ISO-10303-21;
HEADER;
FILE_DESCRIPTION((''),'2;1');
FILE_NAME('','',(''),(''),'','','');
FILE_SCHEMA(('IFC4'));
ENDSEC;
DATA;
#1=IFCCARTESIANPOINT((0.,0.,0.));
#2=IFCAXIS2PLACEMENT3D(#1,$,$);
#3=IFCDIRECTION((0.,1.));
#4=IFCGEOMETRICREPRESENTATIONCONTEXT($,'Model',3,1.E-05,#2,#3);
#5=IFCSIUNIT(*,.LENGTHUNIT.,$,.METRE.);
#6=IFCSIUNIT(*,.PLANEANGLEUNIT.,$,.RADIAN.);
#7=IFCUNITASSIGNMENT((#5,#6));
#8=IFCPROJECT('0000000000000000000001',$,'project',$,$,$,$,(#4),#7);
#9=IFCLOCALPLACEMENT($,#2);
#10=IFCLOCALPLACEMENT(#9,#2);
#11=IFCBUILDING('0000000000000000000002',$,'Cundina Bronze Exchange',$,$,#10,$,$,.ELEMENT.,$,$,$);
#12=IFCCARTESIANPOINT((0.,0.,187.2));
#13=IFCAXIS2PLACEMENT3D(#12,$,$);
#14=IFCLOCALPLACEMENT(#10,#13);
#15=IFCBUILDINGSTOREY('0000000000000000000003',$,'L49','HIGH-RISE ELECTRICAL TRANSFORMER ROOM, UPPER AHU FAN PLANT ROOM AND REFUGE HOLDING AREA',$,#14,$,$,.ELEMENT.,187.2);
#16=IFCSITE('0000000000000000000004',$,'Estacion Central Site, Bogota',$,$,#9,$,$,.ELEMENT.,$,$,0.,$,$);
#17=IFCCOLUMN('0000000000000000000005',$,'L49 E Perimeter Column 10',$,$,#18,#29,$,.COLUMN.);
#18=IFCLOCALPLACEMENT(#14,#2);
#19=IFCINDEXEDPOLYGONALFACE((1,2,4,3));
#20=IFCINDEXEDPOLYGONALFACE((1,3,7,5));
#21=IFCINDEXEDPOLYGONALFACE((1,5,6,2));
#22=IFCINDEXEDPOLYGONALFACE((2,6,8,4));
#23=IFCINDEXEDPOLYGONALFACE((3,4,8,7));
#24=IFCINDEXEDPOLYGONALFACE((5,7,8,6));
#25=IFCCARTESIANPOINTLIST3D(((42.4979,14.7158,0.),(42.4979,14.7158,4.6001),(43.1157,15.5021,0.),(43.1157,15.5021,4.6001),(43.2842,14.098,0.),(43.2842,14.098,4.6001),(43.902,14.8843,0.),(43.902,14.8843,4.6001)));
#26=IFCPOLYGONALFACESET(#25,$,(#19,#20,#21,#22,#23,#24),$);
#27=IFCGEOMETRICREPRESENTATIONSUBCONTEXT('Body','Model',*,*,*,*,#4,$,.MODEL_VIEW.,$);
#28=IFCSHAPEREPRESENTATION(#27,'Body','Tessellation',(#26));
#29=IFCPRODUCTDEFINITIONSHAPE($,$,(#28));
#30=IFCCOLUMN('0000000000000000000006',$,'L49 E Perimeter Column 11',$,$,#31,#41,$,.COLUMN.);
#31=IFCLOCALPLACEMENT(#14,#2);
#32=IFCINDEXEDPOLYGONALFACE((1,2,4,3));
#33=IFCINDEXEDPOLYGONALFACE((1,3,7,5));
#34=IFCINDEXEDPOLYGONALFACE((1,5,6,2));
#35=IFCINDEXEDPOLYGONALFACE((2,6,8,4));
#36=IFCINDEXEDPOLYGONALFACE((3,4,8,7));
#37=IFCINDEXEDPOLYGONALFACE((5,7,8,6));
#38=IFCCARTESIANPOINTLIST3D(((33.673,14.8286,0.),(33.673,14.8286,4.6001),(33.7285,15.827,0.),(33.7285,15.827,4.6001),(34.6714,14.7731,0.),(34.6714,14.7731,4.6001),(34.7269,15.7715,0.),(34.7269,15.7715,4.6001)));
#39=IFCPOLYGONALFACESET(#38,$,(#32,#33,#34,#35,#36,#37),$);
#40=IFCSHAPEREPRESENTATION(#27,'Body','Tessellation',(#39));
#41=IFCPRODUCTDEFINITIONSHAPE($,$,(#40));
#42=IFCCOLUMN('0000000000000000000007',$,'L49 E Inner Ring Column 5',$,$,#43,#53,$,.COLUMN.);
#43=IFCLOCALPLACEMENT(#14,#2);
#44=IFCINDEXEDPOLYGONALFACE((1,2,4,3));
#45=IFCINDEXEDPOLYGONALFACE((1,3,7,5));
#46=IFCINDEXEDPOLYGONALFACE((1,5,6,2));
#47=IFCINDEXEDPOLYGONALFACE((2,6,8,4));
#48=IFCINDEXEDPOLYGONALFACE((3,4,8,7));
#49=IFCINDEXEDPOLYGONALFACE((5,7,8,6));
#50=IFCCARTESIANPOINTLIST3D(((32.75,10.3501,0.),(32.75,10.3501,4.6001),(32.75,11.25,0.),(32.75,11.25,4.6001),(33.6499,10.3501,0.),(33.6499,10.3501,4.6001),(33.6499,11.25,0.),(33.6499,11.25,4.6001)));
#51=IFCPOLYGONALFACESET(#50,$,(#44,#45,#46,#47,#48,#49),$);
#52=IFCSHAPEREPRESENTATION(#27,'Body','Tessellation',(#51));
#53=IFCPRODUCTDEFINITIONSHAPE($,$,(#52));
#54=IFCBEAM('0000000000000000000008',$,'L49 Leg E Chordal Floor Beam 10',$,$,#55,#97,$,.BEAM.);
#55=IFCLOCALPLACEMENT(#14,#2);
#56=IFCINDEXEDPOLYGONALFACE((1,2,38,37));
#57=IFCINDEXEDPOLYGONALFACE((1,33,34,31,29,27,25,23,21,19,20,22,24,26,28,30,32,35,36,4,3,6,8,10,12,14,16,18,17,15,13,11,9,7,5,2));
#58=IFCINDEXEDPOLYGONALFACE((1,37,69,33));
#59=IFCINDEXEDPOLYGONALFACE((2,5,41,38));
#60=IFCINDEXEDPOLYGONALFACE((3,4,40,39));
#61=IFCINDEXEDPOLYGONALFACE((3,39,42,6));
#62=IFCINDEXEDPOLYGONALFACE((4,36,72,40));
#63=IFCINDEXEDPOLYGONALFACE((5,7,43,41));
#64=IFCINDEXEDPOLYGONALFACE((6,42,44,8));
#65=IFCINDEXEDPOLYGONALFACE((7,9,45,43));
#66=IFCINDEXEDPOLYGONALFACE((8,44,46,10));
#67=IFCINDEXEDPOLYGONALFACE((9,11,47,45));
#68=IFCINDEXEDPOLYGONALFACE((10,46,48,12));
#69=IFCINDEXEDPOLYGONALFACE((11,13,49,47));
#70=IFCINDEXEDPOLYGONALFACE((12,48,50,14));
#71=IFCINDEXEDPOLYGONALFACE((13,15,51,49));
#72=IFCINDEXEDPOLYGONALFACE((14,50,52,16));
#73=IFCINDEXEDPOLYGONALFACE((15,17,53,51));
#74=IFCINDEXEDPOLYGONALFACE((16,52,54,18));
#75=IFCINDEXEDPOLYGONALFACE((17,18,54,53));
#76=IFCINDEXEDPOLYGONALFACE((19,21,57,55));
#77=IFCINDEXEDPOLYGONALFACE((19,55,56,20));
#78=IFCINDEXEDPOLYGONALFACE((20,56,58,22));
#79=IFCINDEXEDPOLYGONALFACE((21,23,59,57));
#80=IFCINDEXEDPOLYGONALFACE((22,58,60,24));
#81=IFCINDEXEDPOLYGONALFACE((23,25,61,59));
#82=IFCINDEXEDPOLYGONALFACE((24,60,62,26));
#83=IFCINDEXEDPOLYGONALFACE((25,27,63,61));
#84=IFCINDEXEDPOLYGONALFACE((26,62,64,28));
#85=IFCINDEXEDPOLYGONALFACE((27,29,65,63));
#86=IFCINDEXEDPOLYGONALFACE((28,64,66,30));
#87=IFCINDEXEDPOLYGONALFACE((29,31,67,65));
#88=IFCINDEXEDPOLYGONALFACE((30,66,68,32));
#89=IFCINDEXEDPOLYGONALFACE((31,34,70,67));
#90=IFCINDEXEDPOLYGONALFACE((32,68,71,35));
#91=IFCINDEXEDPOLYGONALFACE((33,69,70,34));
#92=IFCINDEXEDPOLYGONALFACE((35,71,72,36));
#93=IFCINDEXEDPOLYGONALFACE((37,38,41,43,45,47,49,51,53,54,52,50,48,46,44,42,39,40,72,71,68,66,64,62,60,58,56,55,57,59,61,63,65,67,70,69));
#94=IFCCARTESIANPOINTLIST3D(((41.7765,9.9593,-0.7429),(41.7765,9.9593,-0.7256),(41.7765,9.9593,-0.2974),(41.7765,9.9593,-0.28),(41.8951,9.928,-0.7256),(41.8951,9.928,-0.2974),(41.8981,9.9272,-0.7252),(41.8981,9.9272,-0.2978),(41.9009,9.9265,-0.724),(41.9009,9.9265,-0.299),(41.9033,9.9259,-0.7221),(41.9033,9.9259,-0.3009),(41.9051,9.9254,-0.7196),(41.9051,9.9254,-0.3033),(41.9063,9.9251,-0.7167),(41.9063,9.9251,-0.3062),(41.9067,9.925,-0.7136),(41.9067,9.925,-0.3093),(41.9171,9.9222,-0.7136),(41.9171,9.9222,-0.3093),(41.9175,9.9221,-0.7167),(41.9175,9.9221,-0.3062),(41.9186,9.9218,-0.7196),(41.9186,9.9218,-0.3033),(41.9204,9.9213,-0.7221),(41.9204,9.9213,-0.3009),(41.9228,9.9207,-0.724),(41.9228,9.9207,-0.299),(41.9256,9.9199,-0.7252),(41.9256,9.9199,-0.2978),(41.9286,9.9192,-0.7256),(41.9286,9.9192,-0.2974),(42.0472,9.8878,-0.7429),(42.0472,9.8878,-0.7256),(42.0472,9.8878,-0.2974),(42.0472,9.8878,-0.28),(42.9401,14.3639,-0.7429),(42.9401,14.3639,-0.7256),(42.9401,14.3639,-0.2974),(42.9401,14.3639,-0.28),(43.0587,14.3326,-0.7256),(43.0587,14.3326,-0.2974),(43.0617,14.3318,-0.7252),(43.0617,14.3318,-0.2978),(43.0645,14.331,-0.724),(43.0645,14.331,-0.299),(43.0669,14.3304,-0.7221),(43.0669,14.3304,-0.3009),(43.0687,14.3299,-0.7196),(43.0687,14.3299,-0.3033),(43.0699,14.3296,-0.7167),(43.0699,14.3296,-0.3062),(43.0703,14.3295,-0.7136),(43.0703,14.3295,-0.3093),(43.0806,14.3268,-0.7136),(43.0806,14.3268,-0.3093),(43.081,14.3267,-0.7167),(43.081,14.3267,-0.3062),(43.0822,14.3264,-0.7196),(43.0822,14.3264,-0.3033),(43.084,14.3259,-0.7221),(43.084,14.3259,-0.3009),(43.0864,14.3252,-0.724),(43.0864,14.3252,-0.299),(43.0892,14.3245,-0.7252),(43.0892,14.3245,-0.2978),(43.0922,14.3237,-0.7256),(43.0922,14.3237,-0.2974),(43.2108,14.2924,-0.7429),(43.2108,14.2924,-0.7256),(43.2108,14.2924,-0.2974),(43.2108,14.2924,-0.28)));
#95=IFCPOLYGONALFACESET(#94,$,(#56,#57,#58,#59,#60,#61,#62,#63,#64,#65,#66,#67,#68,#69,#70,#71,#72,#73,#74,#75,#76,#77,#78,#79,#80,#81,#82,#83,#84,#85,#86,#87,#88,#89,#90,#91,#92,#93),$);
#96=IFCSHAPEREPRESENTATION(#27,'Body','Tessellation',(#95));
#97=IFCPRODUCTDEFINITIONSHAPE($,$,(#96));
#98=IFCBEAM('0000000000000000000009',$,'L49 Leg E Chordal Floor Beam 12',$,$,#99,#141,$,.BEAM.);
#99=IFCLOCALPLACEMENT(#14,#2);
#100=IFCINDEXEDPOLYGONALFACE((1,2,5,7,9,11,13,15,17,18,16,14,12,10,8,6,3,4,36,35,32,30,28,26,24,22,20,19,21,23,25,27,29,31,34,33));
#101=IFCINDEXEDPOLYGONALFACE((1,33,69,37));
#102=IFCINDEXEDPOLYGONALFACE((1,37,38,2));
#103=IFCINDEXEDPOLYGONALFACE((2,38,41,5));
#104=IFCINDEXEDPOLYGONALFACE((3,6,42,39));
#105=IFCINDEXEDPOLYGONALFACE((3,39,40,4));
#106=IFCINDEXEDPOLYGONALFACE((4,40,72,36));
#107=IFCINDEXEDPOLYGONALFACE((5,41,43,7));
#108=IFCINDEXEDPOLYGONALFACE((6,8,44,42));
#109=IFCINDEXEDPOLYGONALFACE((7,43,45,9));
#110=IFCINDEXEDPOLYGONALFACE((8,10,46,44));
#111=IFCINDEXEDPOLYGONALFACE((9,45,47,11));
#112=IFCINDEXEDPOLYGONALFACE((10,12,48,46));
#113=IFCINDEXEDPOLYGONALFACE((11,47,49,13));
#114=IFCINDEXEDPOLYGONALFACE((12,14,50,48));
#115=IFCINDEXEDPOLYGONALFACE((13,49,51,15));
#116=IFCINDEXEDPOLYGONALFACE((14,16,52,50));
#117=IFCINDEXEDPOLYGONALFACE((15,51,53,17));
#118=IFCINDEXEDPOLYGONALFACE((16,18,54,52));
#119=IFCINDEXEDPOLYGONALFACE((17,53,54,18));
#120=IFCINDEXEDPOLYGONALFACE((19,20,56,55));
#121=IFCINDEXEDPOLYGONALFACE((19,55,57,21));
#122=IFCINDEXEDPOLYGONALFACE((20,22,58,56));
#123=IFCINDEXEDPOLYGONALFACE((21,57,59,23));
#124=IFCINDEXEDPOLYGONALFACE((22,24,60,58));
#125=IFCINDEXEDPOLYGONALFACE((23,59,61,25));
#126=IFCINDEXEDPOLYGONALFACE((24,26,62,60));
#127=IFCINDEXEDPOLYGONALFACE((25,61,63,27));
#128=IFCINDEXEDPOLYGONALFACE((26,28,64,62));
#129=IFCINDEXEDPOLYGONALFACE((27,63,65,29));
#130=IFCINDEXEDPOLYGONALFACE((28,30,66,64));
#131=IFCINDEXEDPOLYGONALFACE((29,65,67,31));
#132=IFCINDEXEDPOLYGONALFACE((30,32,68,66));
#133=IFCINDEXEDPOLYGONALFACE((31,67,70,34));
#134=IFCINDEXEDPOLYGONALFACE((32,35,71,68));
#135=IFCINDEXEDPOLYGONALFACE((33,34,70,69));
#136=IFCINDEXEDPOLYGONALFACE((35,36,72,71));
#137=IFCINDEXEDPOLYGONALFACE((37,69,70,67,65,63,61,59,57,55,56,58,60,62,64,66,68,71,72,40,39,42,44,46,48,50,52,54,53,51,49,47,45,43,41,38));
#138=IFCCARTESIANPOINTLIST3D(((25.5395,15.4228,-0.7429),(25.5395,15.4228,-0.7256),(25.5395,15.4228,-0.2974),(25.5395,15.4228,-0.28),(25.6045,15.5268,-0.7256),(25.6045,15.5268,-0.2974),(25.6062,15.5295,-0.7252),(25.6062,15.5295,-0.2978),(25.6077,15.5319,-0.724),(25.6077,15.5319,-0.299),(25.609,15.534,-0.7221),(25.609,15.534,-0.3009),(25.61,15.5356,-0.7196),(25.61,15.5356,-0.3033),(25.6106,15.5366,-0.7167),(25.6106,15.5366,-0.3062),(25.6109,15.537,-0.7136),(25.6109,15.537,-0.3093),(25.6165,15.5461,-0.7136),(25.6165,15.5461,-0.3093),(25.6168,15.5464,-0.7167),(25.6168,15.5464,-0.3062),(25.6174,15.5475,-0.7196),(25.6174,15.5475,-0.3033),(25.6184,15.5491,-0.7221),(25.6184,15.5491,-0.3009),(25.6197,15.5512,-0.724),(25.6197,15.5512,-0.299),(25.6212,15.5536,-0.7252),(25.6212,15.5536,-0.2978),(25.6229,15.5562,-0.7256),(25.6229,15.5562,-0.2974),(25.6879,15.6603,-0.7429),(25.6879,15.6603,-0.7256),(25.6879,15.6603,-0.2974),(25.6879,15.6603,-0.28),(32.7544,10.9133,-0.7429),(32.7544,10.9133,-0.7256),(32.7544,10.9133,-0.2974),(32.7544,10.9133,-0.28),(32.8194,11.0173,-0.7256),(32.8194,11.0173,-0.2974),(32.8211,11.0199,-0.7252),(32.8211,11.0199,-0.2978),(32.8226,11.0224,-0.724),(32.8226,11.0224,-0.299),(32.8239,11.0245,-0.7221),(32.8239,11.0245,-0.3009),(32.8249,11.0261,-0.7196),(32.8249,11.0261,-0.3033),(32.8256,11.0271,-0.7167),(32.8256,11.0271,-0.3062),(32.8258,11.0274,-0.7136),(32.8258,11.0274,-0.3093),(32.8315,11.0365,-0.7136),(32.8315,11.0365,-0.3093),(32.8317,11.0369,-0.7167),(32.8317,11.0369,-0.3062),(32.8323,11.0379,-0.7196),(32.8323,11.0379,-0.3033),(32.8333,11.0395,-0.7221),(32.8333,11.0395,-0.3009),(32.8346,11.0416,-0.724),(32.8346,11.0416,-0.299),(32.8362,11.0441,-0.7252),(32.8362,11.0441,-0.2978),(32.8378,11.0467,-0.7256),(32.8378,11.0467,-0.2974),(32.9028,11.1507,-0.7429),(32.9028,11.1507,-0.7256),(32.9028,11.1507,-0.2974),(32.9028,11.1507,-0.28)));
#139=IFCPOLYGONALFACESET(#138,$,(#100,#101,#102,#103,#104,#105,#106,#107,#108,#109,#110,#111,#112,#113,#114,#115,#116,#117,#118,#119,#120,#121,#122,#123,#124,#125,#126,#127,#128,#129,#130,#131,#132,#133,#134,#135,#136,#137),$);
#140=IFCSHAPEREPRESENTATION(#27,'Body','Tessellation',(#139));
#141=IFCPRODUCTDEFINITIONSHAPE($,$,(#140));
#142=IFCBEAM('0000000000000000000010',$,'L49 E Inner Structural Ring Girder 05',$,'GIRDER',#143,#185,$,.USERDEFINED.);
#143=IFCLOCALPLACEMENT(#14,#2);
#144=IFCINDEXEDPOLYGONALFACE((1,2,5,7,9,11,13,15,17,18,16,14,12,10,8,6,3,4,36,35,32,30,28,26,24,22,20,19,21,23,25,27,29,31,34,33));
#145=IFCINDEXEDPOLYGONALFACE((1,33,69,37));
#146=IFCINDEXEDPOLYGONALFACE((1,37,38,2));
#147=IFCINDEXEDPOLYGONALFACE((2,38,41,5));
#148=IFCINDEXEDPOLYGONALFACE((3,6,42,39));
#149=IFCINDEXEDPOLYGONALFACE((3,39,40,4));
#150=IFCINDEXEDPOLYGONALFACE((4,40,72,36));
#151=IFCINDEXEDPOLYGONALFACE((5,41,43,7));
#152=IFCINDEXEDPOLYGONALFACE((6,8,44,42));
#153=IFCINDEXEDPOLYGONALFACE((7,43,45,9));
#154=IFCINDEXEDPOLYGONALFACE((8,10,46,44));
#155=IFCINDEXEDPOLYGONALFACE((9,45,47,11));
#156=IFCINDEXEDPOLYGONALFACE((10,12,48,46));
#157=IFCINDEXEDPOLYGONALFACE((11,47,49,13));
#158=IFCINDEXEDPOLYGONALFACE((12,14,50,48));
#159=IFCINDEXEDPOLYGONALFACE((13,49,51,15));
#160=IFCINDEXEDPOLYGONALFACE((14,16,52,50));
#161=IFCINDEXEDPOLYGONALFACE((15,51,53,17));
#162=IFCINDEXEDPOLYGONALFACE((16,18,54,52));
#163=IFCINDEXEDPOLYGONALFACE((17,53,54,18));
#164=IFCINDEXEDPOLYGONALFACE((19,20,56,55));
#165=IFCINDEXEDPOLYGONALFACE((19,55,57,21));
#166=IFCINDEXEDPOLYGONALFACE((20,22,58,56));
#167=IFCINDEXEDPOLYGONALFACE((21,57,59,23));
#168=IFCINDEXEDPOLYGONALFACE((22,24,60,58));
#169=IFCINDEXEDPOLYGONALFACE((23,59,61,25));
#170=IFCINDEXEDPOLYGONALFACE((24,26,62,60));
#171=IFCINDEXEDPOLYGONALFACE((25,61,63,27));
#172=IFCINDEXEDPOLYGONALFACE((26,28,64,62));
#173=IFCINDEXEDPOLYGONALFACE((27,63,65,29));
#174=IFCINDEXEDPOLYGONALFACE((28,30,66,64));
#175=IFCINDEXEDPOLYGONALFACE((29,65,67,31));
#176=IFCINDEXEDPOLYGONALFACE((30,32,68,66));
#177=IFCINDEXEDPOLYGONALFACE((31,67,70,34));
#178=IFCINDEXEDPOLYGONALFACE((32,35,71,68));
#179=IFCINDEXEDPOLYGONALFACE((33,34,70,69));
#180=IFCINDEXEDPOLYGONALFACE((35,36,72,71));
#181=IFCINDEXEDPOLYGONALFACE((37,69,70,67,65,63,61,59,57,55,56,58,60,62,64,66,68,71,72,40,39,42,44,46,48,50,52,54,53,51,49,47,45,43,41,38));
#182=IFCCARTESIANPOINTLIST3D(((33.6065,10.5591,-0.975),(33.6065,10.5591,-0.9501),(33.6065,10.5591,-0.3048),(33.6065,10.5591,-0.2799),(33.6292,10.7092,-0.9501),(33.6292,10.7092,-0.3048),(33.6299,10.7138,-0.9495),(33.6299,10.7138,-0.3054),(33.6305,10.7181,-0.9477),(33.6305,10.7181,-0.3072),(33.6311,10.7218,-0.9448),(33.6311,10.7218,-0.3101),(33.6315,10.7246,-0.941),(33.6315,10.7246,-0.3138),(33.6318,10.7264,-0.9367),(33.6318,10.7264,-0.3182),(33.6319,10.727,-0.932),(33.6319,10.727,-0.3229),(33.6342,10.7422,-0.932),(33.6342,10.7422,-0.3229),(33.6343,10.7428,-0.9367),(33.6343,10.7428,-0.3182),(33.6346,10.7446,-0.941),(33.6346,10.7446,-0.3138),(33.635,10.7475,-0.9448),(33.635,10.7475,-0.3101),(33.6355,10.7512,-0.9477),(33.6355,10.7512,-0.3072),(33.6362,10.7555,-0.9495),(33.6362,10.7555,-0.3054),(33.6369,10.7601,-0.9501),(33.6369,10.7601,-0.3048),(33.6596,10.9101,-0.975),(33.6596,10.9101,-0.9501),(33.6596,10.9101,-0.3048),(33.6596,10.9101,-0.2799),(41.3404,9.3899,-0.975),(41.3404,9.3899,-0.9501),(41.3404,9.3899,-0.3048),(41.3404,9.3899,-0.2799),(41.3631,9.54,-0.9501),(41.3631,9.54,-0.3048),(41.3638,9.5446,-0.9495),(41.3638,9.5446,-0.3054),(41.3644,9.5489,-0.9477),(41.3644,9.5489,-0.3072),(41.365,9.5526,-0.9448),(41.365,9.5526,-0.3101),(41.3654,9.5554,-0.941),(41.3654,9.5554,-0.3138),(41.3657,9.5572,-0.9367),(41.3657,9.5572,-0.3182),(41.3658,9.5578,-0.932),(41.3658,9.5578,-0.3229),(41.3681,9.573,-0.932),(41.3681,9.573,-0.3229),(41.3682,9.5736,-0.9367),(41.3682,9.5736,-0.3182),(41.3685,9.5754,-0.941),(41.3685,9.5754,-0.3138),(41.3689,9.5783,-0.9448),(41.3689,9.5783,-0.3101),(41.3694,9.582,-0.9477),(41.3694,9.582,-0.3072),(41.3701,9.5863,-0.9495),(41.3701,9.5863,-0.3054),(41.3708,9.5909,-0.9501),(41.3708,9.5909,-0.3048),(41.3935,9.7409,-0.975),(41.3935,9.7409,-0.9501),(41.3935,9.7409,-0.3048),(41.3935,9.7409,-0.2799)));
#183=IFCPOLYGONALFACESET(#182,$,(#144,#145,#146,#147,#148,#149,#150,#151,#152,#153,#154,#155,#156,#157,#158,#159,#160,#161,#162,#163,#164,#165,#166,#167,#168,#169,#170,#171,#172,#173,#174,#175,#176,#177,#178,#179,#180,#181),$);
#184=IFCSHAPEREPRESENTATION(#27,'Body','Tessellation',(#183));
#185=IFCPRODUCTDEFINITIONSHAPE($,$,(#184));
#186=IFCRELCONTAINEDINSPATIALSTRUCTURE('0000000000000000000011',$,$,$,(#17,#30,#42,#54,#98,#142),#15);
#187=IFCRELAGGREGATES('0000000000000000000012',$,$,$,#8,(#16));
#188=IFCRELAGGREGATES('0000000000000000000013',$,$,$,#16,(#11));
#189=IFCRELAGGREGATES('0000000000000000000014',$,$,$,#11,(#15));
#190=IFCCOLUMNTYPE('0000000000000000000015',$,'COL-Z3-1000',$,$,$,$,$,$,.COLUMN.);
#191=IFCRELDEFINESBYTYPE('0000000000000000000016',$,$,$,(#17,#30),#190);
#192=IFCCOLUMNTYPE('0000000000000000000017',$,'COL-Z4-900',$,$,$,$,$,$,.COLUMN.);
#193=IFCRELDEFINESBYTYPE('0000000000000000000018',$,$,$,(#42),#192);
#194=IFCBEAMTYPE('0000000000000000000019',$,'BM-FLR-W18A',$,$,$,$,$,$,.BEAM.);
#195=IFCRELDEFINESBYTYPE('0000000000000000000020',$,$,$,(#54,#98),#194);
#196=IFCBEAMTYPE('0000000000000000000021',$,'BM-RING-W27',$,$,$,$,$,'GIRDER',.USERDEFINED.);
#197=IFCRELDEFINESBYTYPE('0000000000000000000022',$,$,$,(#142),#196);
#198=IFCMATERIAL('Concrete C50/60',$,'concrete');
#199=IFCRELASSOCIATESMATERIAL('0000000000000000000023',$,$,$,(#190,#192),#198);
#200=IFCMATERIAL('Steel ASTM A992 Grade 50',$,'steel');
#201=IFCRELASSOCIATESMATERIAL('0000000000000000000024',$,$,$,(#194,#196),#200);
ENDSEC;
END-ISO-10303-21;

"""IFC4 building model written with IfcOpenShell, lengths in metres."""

from ifc_helpers import new_model, si_unit, direction, frame, origin, origin_2d, place, context, subcontext, project, spatial, rectangle, i_section, extrude, material, material_profile, profile_set, type_object, element, save


model = new_model("IFC4")

# Units and contexts
model_context = context("Model", 3, precision=1e-05, world=origin(), true_north=direction((0.0, 1.0)))
body_context = subcontext(model_context, "Body", "Model", "MODEL_VIEW")
ifc_project = project(units=[si_unit("LENGTHUNIT", "METRE"), si_unit("PLANEANGLEUNIT", "RADIAN")], contexts=[model_context])

# Site, building, storey
site_placement = place(None, origin())
site = spatial("IfcSite", under=ifc_project, at=site_placement, Name="Estacion Central Site, Bogota", CompositionType="ELEMENT", RefElevation=0.0)
building_placement = place(site_placement, origin())
building = spatial("IfcBuilding", under=site, at=building_placement, Name="Cundina Bronze Exchange", CompositionType="ELEMENT")
storey_placement = place(building_placement, frame((0.0, 0.0, 187.2)))
storey = spatial("IfcBuildingStorey", under=building, at=storey_placement, Name="L49", Description="HIGH-RISE ELECTRICAL TRANSFORMER ROOM, UPPER AHU FAN PLANT ROOM AND REFUGE HOLDING AREA", CompositionType="ELEMENT", Elevation=187.2)

# Columns
ifc_material_1 = material(Name="Concrete C50/60", Category="concrete")
ifc_material_profile_1 = material_profile(ifc_material_1, rectangle(XDim=1.0, YDim=1.0, at=origin_2d()), Name="RC1000X1000", Category="concrete")
ifc_profile_set_1 = profile_set([ifc_material_profile_1], Name="Concrete C50/60")
column_type_1 = type_object("IfcColumnType", Name="COL-Z3-1000", PredefinedType="COLUMN", material=ifc_profile_set_1)
for number, where, z_axis, x_axis, name in (
    (1, (43.2, 14.8, 0.0), (0.0, 0.0, 1.0), (-0.786288, 0.61786, 0.0), "L49 E Perimeter Column 10"),
    (2, (34.2, 15.3, 0.0), (0.0, 0.0, 1.0), (-0.99846, 0.055473, 0.0), "L49 E Perimeter Column 11"),
):
    element("IfcColumn", number, at=place(storey_placement, frame(where, z_axis=z_axis, x_axis=x_axis)), inside=storey, type_object=column_type_1, Name=name, PredefinedType="COLUMN", context=body_context, shape_type="SweptSolid", body=[
        extrude(rectangle(XDim=1.0, YDim=1.0, at=origin_2d()), origin(), (0.0, 0.0, 1.0), 4.6001),
    ])
ifc_material_profile_2 = material_profile(ifc_material_1, rectangle(XDim=0.8999, YDim=0.8999, at=origin_2d()), Name="RC900X900", Category="concrete")
ifc_profile_set_2 = profile_set([ifc_material_profile_2], Name="Concrete C50/60")
column_type_2 = type_object("IfcColumnType", Name="COL-Z4-900", PredefinedType="COLUMN", material=ifc_profile_set_2)
column_placement = place(storey_placement, frame((33.2, 10.8, 0.0), z_axis=(0.0, 0.0, 1.0), x_axis=(1.0, 0.0, 0.0)))
element("IfcColumn", 3, at=column_placement, inside=storey, type_object=column_type_2, Name="L49 E Inner Ring Column 5", PredefinedType="COLUMN", context=body_context, shape_type="SweptSolid", body=[
    extrude(rectangle(XDim=0.8999, YDim=0.8999, at=origin_2d()), origin(), (0.0, 0.0, 1.0), 4.6001),
])

# Beams
ifc_material_2 = material(Name="Steel ASTM A992 Grade 50", Category="steel")
ifc_material_profile_3 = material_profile(ifc_material_2, i_section(OverallWidth=0.28, OverallDepth=0.4629, WebThickness=0.0107, FlangeThickness=0.0173, FilletRadius=0.012, at=origin_2d()), Name="W18X76", Category="steel")
ifc_profile_set_3 = profile_set([ifc_material_profile_3], Name="Steel ASTM A992 Grade 50")
beam_type_1 = type_object("IfcBeamType", Name="BM-FLR-W18A", PredefinedType="BEAM", material=ifc_profile_set_3)
beam_1_placement = place(storey_placement, frame((41.9119, 9.9236, -0.5115), z_axis=(0.255414, 0.966832, 0.0), x_axis=(-0.966832, 0.255414, 0.0)))
element("IfcBeam", 4, at=beam_1_placement, inside=storey, type_object=beam_type_1, Name="L49 Leg E Chordal Floor Beam 10", PredefinedType="BEAM", context=body_context, shape_type="SweptSolid", body=[
    extrude(i_section(OverallWidth=0.28, OverallDepth=0.4629, WebThickness=0.0107, FlangeThickness=0.0173, FilletRadius=0.012, at=origin_2d()), origin(), (0.0, 0.0, 1.0), 4.5557),
])
beam_2_placement = place(storey_placement, frame((32.8286, 11.032, -0.5115), z_axis=(-0.847985, 0.53002, 0.0), x_axis=(-0.53002, -0.847985, 0.0)))
element("IfcBeam", 5, at=beam_2_placement, inside=storey, type_object=beam_type_1, Name="L49 Leg E Chordal Floor Beam 12", PredefinedType="BEAM", context=body_context, shape_type="SweptSolid", body=[
    extrude(i_section(OverallWidth=0.28, OverallDepth=0.4629, WebThickness=0.0107, FlangeThickness=0.0173, FilletRadius=0.012, at=origin_2d()), origin(), (0.0, 0.0, 1.0), 8.5083),
])
ifc_material_profile_4 = material_profile(ifc_material_2, i_section(OverallWidth=0.355, OverallDepth=0.6951, WebThickness=0.0154, FlangeThickness=0.0249, FilletRadius=0.0181, at=origin_2d()), Name="W27X146", Category="steel")
ifc_profile_set_4 = profile_set([ifc_material_profile_4], Name="Steel ASTM A992 Grade 50")
beam_type_2 = type_object("IfcBeamType", Name="BM-RING-W27", ElementType="GIRDER", PredefinedType="USERDEFINED", material=ifc_profile_set_4)
beam_3_placement = place(storey_placement, frame((41.3669, 9.5654, -0.6274), z_axis=(-0.988765, 0.149479, 0.0), x_axis=(-0.149479, -0.988765, 0.0)))
element("IfcBeam", 6, at=beam_3_placement, inside=storey, type_object=beam_type_2, Name="L49 E Inner Structural Ring Girder 05", ObjectType="GIRDER", PredefinedType="USERDEFINED", context=body_context, shape_type="SweptSolid", body=[
    extrude(i_section(OverallWidth=0.355, OverallDepth=0.6951, WebThickness=0.0154, FlangeThickness=0.0249, FilletRadius=0.0181, at=origin_2d()), origin(), (0.0, 0.0, 1.0), 7.8218),
])

save(model, "model.ifc")
